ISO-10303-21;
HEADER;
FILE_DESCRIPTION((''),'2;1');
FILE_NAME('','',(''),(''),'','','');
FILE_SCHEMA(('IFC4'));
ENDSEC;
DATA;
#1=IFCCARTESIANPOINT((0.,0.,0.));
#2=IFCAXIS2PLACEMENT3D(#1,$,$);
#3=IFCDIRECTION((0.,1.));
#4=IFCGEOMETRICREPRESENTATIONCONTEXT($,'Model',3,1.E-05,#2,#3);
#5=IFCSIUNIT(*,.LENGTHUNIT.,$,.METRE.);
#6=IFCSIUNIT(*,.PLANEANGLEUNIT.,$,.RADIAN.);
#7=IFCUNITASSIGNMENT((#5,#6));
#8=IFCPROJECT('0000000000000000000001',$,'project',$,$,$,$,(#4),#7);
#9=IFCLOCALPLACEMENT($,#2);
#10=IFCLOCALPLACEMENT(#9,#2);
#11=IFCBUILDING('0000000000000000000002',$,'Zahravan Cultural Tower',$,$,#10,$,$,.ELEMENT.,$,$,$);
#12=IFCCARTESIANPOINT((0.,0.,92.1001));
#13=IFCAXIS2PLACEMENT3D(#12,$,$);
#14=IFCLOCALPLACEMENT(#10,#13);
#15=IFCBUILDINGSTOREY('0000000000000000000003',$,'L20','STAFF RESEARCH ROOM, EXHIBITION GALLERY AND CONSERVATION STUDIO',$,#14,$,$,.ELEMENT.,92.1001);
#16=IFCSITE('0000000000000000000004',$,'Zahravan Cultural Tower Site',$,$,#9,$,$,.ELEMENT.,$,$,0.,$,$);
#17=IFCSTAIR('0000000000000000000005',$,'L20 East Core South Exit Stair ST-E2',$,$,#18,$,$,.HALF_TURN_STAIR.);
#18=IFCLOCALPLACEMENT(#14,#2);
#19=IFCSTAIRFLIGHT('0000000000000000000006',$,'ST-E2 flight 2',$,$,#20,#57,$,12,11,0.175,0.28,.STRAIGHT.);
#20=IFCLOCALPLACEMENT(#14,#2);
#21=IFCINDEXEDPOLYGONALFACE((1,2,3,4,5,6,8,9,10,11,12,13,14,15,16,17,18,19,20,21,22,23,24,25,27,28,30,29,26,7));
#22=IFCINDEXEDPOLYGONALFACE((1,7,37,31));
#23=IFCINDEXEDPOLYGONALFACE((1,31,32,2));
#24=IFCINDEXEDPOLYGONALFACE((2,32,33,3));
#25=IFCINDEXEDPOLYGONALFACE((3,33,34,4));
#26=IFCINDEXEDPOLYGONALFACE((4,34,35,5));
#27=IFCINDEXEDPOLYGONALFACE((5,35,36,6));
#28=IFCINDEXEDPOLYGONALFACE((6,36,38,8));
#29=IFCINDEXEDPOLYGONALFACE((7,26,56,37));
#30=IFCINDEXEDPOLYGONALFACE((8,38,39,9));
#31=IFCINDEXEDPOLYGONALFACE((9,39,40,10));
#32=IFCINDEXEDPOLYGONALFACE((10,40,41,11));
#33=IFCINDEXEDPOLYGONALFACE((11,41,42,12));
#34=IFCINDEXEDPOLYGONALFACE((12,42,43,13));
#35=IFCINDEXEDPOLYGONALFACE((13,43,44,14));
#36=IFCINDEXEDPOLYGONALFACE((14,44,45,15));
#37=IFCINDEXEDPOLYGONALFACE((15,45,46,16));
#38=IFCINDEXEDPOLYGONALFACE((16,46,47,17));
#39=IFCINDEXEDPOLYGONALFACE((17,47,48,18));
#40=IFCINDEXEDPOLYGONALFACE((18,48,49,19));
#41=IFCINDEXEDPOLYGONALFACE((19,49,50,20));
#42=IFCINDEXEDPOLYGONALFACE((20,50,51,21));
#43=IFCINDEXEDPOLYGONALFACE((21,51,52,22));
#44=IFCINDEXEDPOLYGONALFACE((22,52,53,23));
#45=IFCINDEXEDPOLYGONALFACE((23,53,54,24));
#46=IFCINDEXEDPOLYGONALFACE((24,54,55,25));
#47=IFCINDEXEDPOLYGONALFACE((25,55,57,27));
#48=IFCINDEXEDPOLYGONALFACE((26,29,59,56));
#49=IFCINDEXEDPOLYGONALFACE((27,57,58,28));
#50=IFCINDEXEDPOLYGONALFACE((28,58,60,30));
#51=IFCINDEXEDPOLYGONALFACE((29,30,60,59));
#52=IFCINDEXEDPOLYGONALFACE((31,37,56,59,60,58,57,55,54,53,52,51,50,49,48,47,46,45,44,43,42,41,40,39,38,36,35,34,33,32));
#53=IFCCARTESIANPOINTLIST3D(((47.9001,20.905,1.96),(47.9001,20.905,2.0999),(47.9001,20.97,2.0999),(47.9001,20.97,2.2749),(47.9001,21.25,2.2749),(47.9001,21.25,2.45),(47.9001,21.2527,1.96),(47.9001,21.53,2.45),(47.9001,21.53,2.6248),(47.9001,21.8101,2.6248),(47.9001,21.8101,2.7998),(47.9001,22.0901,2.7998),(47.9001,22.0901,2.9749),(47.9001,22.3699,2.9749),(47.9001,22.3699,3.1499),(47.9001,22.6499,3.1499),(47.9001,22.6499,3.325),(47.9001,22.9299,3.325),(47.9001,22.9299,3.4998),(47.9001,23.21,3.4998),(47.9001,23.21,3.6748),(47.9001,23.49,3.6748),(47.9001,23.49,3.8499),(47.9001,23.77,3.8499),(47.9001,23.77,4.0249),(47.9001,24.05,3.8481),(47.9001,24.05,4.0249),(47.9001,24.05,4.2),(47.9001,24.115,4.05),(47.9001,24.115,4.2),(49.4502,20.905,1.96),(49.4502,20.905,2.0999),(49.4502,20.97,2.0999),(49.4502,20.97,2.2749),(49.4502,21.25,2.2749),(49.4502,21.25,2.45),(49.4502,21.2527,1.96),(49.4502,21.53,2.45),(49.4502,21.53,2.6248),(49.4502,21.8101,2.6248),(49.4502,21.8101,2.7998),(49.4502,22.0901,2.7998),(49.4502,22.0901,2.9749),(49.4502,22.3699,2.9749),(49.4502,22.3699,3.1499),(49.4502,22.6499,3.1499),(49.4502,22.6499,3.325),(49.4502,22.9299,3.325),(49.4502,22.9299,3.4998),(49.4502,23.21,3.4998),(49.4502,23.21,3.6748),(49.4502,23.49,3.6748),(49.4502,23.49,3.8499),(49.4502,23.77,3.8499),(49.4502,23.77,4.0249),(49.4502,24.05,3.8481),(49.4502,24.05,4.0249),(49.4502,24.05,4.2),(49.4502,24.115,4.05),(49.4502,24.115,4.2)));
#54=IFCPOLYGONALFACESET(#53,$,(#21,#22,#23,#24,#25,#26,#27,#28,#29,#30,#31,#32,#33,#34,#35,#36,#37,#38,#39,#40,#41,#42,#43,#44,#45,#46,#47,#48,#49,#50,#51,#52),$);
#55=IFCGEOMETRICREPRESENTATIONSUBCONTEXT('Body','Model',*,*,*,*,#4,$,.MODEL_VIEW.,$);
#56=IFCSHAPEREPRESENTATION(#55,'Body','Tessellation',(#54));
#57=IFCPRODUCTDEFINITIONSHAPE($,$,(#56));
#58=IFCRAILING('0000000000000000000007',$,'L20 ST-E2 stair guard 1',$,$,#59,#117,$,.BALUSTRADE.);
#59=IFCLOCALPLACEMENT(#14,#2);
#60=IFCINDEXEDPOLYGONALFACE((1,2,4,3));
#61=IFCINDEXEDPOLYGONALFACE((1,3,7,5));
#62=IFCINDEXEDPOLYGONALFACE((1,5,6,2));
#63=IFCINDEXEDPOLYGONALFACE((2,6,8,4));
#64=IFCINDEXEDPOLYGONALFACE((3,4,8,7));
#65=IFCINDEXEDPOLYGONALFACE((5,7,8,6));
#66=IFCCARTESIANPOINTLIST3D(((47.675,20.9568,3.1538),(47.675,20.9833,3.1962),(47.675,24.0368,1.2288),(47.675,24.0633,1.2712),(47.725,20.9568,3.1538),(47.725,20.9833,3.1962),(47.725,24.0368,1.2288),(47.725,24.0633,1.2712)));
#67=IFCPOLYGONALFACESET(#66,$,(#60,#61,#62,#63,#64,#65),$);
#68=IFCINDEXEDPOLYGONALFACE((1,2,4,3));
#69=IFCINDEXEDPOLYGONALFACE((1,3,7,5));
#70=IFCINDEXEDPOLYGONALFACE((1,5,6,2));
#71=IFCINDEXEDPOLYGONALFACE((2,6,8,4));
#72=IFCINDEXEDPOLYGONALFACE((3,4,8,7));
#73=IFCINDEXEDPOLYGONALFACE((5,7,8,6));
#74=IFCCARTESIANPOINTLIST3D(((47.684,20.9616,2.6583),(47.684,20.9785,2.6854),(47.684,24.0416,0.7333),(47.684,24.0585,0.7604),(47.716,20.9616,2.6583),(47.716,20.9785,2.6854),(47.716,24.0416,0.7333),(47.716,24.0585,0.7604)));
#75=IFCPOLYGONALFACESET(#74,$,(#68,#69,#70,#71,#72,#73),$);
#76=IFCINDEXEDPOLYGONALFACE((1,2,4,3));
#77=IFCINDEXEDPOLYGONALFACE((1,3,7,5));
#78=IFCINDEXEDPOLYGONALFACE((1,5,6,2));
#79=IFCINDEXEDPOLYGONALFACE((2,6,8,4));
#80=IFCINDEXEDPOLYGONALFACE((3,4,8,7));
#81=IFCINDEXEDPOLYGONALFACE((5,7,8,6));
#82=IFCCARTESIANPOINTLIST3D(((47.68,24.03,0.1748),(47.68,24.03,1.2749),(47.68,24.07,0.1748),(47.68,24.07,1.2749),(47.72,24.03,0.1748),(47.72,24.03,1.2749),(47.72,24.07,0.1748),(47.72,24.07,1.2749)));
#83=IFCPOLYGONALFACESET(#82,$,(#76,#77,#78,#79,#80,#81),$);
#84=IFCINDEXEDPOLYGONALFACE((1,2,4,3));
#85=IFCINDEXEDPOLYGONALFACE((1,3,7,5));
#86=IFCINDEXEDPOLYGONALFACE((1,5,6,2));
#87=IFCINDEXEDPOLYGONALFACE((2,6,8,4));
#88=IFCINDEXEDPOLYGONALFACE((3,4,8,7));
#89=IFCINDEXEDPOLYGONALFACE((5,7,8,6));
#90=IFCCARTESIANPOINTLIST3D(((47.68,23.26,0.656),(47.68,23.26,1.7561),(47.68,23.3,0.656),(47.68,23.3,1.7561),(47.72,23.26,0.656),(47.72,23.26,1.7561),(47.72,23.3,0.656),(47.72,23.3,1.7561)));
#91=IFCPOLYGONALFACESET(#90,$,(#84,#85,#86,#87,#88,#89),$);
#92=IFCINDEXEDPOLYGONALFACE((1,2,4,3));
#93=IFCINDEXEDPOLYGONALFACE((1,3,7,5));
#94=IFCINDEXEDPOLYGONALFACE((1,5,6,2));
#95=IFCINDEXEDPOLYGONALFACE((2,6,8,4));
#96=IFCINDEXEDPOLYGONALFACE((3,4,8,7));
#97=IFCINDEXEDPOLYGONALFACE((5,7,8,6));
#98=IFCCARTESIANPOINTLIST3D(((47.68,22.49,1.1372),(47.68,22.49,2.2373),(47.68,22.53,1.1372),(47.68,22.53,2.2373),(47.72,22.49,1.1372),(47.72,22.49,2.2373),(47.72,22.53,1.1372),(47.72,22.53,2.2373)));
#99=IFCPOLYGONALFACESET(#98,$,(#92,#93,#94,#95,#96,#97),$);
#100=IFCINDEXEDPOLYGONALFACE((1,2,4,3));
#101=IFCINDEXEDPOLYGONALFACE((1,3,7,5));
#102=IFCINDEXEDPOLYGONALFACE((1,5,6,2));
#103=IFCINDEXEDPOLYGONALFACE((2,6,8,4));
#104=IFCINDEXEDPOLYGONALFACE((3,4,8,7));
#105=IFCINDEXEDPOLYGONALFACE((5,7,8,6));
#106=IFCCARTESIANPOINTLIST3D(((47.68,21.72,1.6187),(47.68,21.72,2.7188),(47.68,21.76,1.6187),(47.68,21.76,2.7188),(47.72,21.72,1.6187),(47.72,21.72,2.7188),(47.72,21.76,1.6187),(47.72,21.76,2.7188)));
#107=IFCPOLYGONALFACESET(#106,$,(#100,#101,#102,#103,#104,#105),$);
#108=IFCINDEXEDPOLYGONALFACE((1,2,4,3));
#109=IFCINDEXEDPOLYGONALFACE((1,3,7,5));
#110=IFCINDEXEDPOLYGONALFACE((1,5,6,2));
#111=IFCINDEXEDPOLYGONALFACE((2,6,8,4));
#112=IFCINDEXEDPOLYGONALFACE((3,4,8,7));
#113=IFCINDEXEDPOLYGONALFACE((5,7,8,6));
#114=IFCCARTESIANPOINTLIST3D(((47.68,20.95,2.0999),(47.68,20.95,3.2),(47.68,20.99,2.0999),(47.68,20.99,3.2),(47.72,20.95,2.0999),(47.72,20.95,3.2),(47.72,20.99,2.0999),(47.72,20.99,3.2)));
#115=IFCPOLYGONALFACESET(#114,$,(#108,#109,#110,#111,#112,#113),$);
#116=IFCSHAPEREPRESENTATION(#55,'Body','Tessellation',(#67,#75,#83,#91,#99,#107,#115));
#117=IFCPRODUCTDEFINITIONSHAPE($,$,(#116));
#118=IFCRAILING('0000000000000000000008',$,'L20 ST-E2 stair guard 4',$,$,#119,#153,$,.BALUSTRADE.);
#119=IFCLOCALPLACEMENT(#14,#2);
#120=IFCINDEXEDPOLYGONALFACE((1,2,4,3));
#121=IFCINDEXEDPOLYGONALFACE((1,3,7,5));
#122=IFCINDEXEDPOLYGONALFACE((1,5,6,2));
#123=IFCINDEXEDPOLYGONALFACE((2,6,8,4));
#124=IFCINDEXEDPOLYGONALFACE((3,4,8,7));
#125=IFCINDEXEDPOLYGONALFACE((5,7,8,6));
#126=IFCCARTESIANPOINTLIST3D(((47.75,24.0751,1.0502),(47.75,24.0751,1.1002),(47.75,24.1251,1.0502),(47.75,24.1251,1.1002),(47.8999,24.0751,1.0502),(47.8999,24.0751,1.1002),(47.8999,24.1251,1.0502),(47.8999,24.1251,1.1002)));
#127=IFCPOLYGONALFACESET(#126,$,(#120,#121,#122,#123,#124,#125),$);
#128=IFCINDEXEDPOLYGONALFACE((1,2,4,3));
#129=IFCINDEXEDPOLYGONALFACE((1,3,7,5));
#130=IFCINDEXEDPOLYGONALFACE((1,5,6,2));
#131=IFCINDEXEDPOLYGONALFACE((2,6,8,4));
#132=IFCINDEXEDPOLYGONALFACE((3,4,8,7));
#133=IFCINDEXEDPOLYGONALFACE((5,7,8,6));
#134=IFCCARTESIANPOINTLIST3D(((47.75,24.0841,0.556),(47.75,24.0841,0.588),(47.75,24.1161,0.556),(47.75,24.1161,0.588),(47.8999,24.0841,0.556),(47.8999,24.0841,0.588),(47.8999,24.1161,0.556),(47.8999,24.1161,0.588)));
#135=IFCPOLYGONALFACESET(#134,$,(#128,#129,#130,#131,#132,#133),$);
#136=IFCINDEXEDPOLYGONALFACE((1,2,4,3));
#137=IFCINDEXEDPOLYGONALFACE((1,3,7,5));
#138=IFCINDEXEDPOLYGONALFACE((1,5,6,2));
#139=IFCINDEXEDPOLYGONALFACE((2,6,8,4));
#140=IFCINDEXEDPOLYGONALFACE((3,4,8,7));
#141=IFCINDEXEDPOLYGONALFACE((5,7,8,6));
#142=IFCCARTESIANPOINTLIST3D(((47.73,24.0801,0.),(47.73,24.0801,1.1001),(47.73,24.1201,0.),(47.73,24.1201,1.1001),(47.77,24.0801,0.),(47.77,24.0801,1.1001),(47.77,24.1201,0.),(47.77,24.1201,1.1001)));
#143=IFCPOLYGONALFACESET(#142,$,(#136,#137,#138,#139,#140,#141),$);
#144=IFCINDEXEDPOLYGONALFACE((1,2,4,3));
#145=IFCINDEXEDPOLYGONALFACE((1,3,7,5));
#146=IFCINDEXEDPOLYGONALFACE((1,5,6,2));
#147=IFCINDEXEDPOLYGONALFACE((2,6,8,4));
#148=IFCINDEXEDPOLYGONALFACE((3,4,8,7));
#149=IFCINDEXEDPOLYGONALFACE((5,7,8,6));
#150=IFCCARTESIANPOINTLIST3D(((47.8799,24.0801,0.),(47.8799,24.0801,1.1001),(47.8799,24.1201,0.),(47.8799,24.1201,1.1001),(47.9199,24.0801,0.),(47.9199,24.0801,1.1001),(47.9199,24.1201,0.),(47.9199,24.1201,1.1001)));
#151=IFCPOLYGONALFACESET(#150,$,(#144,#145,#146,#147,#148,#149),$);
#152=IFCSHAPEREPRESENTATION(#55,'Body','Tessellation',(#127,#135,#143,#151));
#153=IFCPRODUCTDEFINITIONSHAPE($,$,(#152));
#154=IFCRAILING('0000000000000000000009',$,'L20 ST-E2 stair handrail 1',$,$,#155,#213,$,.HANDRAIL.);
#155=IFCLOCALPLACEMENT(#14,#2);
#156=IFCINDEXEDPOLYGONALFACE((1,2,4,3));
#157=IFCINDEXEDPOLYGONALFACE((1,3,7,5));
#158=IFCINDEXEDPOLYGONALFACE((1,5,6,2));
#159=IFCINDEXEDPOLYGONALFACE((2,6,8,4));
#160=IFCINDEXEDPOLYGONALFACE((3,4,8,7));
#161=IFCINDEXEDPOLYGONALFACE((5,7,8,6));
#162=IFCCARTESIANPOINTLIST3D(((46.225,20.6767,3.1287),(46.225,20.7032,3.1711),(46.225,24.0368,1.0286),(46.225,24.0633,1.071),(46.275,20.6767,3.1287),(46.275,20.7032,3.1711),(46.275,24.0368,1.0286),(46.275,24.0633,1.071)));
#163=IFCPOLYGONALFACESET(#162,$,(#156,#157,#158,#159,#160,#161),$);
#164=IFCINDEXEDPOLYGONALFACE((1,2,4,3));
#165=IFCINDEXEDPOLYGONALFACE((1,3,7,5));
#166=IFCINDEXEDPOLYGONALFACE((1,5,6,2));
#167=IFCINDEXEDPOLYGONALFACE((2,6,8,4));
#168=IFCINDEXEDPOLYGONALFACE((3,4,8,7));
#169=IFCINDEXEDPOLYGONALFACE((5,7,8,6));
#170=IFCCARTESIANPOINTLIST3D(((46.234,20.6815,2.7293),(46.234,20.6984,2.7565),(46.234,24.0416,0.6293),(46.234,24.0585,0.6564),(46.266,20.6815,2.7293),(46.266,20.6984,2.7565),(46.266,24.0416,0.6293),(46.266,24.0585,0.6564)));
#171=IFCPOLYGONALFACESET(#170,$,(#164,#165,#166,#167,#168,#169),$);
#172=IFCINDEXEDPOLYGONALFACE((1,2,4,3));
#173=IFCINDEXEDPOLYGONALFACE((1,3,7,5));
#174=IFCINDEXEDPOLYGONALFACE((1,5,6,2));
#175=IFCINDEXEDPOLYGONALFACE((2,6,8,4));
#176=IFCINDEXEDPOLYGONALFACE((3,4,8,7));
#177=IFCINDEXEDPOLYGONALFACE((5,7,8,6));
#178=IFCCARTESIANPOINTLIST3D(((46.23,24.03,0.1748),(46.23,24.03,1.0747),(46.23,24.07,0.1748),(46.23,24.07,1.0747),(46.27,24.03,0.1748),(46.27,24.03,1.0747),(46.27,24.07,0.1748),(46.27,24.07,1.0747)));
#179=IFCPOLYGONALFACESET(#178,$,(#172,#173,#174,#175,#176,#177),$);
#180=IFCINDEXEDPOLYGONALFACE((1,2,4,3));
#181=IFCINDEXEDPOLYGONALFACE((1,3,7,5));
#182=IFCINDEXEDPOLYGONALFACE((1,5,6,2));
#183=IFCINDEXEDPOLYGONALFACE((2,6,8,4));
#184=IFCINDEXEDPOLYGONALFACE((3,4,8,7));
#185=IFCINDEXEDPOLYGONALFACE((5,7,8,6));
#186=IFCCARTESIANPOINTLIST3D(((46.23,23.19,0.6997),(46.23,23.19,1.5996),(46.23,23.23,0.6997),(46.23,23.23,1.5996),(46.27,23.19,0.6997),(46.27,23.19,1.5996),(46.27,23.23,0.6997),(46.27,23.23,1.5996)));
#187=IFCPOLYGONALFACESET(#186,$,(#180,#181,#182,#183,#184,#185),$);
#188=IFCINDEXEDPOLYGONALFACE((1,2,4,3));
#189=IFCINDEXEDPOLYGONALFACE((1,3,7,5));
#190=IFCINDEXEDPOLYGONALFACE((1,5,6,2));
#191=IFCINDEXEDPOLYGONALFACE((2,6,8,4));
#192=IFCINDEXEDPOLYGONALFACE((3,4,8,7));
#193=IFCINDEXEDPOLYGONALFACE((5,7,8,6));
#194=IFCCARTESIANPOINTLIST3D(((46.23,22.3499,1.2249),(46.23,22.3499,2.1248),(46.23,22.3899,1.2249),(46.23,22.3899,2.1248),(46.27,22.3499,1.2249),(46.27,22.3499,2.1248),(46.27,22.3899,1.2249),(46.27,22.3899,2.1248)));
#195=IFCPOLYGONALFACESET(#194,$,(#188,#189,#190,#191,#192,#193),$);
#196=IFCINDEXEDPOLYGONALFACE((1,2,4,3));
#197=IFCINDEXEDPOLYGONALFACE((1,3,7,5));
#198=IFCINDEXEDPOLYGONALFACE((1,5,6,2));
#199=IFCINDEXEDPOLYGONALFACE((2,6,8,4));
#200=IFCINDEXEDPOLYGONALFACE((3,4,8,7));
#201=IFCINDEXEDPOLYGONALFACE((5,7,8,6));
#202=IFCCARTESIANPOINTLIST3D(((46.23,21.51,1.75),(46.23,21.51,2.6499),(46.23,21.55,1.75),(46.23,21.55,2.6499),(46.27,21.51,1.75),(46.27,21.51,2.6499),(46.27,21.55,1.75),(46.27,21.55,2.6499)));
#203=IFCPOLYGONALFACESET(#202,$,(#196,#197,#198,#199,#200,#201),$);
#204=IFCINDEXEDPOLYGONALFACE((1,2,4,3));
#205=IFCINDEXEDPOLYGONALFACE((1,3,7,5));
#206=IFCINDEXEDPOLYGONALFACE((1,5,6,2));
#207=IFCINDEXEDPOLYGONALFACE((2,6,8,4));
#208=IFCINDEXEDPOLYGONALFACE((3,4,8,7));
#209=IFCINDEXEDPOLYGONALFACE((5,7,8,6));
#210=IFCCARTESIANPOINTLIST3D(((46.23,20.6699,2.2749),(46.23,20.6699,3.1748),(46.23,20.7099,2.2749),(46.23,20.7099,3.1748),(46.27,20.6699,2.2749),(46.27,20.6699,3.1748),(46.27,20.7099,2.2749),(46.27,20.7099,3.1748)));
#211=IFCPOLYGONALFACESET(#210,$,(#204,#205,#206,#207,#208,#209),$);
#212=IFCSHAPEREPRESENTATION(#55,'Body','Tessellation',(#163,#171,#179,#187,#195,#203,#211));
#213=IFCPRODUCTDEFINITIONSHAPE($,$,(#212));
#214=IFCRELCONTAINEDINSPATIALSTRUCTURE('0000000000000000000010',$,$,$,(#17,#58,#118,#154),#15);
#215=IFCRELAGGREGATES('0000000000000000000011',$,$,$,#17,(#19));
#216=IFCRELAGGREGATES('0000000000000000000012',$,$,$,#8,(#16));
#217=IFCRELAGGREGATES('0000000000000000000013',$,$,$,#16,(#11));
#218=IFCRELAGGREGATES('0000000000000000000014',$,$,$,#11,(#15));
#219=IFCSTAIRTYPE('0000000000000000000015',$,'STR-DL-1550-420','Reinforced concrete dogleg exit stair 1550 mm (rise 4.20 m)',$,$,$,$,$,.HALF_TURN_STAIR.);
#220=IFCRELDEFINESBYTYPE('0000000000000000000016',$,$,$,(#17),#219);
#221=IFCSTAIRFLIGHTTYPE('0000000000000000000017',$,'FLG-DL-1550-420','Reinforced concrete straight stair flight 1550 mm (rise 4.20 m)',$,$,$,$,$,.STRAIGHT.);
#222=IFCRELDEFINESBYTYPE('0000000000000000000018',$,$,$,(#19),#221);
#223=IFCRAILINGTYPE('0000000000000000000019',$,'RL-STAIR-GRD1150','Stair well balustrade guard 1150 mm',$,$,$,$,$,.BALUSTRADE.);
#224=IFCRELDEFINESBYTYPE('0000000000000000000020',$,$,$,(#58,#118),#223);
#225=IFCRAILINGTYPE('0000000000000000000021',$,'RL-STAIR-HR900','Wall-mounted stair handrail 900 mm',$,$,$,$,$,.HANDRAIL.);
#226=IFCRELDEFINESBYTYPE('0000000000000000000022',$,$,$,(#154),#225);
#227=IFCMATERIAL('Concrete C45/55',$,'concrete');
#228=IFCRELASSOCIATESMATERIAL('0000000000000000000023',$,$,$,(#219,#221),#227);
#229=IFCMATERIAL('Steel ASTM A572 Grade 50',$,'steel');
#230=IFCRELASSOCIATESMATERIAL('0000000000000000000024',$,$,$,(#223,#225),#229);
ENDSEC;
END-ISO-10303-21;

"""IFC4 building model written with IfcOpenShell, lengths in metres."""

from ifc_helpers import new_model, si_unit, direction, frame, origin, origin_2d, place, context, subcontext, project, spatial, polyline, rectangle, outline, extrude, material, type_object, element, aggregate, save


model = new_model("IFC4")

# Units and contexts
model_context = context("Model", 3, precision=1e-05, world=origin(), true_north=direction((0.0, 1.0)))
body_context = subcontext(model_context, "Body", "Model", "MODEL_VIEW")
ifc_project = project(units=[si_unit("LENGTHUNIT", "METRE"), si_unit("PLANEANGLEUNIT", "RADIAN")], contexts=[model_context])

# Site, building, storey
site_placement = place(None, origin())
site = spatial("IfcSite", under=ifc_project, at=site_placement, Name="Zahravan Cultural Tower Site", CompositionType="ELEMENT", RefElevation=0.0)
building_placement = place(site_placement, origin())
building = spatial("IfcBuilding", under=site, at=building_placement, Name="Zahravan Cultural Tower", CompositionType="ELEMENT")
storey_placement = place(building_placement, frame((0.0, 0.0, 92.1001)))
storey = spatial("IfcBuildingStorey", under=building, at=storey_placement, Name="L20", Description="STAFF RESEARCH ROOM, EXHIBITION GALLERY AND CONSERVATION STUDIO", CompositionType="ELEMENT", Elevation=92.1001)

# Shared definitions
ifc_material_1 = material(Name="Concrete C45/55", Category="concrete")
ifc_material_2 = material(Name="Steel ASTM A572 Grade 50", Category="steel")

# Stair, stair flight
stair_type = type_object("IfcStairType", Name="STR-DL-1550-420", Description="Reinforced concrete dogleg exit stair 1550 mm (rise 4.20 m)", PredefinedType="HALF_TURN_STAIR", material=ifc_material_1)
stair_placement = place(storey_placement, origin())
stair = element("IfcStair", 1, at=stair_placement, inside=storey, type_object=stair_type, Name="L20 East Core South Exit Stair ST-E2", PredefinedType="HALF_TURN_STAIR")
stair_flight_type = type_object("IfcStairFlightType", Name="FLG-DL-1550-420", Description="Reinforced concrete straight stair flight 1550 mm (rise 4.20 m)", PredefinedType="STRAIGHT", material=ifc_material_1)
stair_flight_1_placement = place(storey_placement, frame((48.675, 20.97, 2.0999), z_axis=(0.0, 0.0, 1.0), x_axis=(0.0, 1.0, 0.0)))
stair_flight_1 = element("IfcStairFlight", 2, at=stair_flight_1_placement, type_object=stair_flight_type, Name="ST-E2 flight 2", NumberOfRisers=12, NumberOfTreads=11, PredefinedType="STRAIGHT", RiserHeight=0.175, TreadLength=0.28, context=body_context, shape_type="SweptSolid", body=[
    extrude(outline(polyline([(-0.0649, -0.1399), (-0.0649, 0.0), (0.0, 0.0), (0.0, 0.175), (0.28, 0.175), (0.28, 0.3501), (0.5601, 0.3501), (0.5601, 0.5249), (0.8401, 0.5249), (0.8401, 0.7), (1.1201, 0.7), (1.1201, 0.875), (1.3999, 0.875), (1.3999, 1.05), (1.6799, 1.05), (1.6799, 1.2251), (1.96, 1.2251), (1.96, 1.3999), (2.24, 1.3999), (2.24, 1.575), (2.52, 1.575), (2.52, 1.75), (2.8, 1.75), (2.8, 1.925), (3.0801, 1.925), (3.0801, 2.1001), (3.145, 2.1001), (3.145, 1.9502), (3.0801, 1.7483), (0.2827, -0.1399), (-0.0649, -0.1399)])), frame((0.0, 0.7749, 0.0), z_axis=(0.0, -1.0, 0.0), x_axis=(1.0, 0.0, 0.0)), (0.0, 0.0, 1.0), 1.55),
])
aggregate(stair, [stair_flight_1])

# Railings
railing_type_1 = type_object("IfcRailingType", Name="RL-STAIR-GRD1150", Description="Stair well balustrade guard 1150 mm", PredefinedType="BALUSTRADE", material=ifc_material_2)
railing_1_placement = place(storey_placement, frame((47.7, 24.05, 0.1748)))
element("IfcRailing", 3, at=railing_1_placement, inside=storey, type_object=railing_type_1, Name="L20 ST-E2 stair guard 1", PredefinedType="BALUSTRADE", context=body_context, shape_type="SweptSolid", body=[
    extrude(rectangle(XDim=0.05, YDim=0.05, at=origin_2d()), frame((0.0, 0.0, 1.0752), z_axis=(0.0, -0.847998, 0.529999), x_axis=(1.0, 0.0, 0.0)), (0.0, 0.0, 1.0), 3.6321),
    extrude(rectangle(XDim=0.032, YDim=0.032, at=origin_2d()), frame((0.0, 0.0, 0.572), z_axis=(0.0, -0.847998, 0.529999), x_axis=(1.0, 0.0, 0.0)), (0.0, 0.0, 1.0), 3.6321),
    extrude(rectangle(XDim=0.04, YDim=0.04, at=origin_2d()), origin(), (0.0, 0.0, 1.0), 1.1001),
    extrude(rectangle(XDim=0.04, YDim=0.04, at=origin_2d()), frame((0.0, -0.77, 0.4812)), (0.0, 0.0, 1.0), 1.1001),
    extrude(rectangle(XDim=0.04, YDim=0.04, at=origin_2d()), frame((0.0, -1.54, 0.9624)), (0.0, 0.0, 1.0), 1.1001),
    extrude(rectangle(XDim=0.04, YDim=0.04, at=origin_2d()), frame((0.0, -2.3101, 1.4438)), (0.0, 0.0, 1.0), 1.1001),
    extrude(rectangle(XDim=0.04, YDim=0.04, at=origin_2d()), frame((0.0, -3.0801, 1.925)), (0.0, 0.0, 1.0), 1.1001),
])
railing_2_placement = place(storey_placement, frame((47.75, 24.1001, 0.0)))
element("IfcRailing", 4, at=railing_2_placement, inside=storey, type_object=railing_type_1, Name="L20 ST-E2 stair guard 4", PredefinedType="BALUSTRADE", context=body_context, shape_type="SweptSolid", body=[
    extrude(rectangle(XDim=0.05, YDim=0.05, at=origin_2d()), frame((0.0, 0.0, 1.0752), z_axis=(1.0, 0.0, 0.0), x_axis=(0.0, 1.0, 0.0)), (0.0, 0.0, 1.0), 0.1499),
    extrude(rectangle(XDim=0.032, YDim=0.032, at=origin_2d()), frame((0.0, 0.0, 0.572), z_axis=(1.0, 0.0, 0.0), x_axis=(0.0, 1.0, 0.0)), (0.0, 0.0, 1.0), 0.1499),
    extrude(rectangle(XDim=0.04, YDim=0.04, at=origin_2d()), origin(), (0.0, 0.0, 1.0), 1.1001),
    extrude(rectangle(XDim=0.04, YDim=0.04, at=origin_2d()), frame((0.1499, 0.0, 0.0)), (0.0, 0.0, 1.0), 1.1001),
])
railing_type_2 = type_object("IfcRailingType", Name="RL-STAIR-HR900", Description="Wall-mounted stair handrail 900 mm", PredefinedType="HANDRAIL", material=ifc_material_2)
railing_3_placement = place(storey_placement, frame((46.25, 24.05, 0.1748)))
element("IfcRailing", 5, at=railing_3_placement, inside=storey, type_object=railing_type_2, Name="L20 ST-E2 stair handrail 1", PredefinedType="HANDRAIL", context=body_context, shape_type="SweptSolid", body=[
    extrude(rectangle(XDim=0.05, YDim=0.05, at=origin_2d()), frame((0.0, 0.0, 0.875), z_axis=(0.0, -0.847995, 0.530004), x_axis=(1.0, 0.0, 0.0)), (0.0, 0.0, 1.0), 3.9624),
    extrude(rectangle(XDim=0.032, YDim=0.032, at=origin_2d()), frame((0.0, 0.0, 0.468), z_axis=(0.0, -0.847995, 0.530004), x_axis=(1.0, 0.0, 0.0)), (0.0, 0.0, 1.0), 3.9624),
    extrude(rectangle(XDim=0.04, YDim=0.04, at=origin_2d()), origin(), (0.0, 0.0, 1.0), 0.8999),
    extrude(rectangle(XDim=0.04, YDim=0.04, at=origin_2d()), frame((0.0, -0.8401, 0.5249)), (0.0, 0.0, 1.0), 0.8999),
    extrude(rectangle(XDim=0.04, YDim=0.04, at=origin_2d()), frame((0.0, -1.6802, 1.05)), (0.0, 0.0, 1.0), 0.8999),
    extrude(rectangle(XDim=0.04, YDim=0.04, at=origin_2d()), frame((0.0, -2.52, 1.5752)), (0.0, 0.0, 1.0), 0.8999),
    extrude(rectangle(XDim=0.04, YDim=0.04, at=origin_2d()), frame((0.0, -3.3601, 2.1001)), (0.0, 0.0, 1.0), 0.8999),
])

save(model, "model.ifc")
